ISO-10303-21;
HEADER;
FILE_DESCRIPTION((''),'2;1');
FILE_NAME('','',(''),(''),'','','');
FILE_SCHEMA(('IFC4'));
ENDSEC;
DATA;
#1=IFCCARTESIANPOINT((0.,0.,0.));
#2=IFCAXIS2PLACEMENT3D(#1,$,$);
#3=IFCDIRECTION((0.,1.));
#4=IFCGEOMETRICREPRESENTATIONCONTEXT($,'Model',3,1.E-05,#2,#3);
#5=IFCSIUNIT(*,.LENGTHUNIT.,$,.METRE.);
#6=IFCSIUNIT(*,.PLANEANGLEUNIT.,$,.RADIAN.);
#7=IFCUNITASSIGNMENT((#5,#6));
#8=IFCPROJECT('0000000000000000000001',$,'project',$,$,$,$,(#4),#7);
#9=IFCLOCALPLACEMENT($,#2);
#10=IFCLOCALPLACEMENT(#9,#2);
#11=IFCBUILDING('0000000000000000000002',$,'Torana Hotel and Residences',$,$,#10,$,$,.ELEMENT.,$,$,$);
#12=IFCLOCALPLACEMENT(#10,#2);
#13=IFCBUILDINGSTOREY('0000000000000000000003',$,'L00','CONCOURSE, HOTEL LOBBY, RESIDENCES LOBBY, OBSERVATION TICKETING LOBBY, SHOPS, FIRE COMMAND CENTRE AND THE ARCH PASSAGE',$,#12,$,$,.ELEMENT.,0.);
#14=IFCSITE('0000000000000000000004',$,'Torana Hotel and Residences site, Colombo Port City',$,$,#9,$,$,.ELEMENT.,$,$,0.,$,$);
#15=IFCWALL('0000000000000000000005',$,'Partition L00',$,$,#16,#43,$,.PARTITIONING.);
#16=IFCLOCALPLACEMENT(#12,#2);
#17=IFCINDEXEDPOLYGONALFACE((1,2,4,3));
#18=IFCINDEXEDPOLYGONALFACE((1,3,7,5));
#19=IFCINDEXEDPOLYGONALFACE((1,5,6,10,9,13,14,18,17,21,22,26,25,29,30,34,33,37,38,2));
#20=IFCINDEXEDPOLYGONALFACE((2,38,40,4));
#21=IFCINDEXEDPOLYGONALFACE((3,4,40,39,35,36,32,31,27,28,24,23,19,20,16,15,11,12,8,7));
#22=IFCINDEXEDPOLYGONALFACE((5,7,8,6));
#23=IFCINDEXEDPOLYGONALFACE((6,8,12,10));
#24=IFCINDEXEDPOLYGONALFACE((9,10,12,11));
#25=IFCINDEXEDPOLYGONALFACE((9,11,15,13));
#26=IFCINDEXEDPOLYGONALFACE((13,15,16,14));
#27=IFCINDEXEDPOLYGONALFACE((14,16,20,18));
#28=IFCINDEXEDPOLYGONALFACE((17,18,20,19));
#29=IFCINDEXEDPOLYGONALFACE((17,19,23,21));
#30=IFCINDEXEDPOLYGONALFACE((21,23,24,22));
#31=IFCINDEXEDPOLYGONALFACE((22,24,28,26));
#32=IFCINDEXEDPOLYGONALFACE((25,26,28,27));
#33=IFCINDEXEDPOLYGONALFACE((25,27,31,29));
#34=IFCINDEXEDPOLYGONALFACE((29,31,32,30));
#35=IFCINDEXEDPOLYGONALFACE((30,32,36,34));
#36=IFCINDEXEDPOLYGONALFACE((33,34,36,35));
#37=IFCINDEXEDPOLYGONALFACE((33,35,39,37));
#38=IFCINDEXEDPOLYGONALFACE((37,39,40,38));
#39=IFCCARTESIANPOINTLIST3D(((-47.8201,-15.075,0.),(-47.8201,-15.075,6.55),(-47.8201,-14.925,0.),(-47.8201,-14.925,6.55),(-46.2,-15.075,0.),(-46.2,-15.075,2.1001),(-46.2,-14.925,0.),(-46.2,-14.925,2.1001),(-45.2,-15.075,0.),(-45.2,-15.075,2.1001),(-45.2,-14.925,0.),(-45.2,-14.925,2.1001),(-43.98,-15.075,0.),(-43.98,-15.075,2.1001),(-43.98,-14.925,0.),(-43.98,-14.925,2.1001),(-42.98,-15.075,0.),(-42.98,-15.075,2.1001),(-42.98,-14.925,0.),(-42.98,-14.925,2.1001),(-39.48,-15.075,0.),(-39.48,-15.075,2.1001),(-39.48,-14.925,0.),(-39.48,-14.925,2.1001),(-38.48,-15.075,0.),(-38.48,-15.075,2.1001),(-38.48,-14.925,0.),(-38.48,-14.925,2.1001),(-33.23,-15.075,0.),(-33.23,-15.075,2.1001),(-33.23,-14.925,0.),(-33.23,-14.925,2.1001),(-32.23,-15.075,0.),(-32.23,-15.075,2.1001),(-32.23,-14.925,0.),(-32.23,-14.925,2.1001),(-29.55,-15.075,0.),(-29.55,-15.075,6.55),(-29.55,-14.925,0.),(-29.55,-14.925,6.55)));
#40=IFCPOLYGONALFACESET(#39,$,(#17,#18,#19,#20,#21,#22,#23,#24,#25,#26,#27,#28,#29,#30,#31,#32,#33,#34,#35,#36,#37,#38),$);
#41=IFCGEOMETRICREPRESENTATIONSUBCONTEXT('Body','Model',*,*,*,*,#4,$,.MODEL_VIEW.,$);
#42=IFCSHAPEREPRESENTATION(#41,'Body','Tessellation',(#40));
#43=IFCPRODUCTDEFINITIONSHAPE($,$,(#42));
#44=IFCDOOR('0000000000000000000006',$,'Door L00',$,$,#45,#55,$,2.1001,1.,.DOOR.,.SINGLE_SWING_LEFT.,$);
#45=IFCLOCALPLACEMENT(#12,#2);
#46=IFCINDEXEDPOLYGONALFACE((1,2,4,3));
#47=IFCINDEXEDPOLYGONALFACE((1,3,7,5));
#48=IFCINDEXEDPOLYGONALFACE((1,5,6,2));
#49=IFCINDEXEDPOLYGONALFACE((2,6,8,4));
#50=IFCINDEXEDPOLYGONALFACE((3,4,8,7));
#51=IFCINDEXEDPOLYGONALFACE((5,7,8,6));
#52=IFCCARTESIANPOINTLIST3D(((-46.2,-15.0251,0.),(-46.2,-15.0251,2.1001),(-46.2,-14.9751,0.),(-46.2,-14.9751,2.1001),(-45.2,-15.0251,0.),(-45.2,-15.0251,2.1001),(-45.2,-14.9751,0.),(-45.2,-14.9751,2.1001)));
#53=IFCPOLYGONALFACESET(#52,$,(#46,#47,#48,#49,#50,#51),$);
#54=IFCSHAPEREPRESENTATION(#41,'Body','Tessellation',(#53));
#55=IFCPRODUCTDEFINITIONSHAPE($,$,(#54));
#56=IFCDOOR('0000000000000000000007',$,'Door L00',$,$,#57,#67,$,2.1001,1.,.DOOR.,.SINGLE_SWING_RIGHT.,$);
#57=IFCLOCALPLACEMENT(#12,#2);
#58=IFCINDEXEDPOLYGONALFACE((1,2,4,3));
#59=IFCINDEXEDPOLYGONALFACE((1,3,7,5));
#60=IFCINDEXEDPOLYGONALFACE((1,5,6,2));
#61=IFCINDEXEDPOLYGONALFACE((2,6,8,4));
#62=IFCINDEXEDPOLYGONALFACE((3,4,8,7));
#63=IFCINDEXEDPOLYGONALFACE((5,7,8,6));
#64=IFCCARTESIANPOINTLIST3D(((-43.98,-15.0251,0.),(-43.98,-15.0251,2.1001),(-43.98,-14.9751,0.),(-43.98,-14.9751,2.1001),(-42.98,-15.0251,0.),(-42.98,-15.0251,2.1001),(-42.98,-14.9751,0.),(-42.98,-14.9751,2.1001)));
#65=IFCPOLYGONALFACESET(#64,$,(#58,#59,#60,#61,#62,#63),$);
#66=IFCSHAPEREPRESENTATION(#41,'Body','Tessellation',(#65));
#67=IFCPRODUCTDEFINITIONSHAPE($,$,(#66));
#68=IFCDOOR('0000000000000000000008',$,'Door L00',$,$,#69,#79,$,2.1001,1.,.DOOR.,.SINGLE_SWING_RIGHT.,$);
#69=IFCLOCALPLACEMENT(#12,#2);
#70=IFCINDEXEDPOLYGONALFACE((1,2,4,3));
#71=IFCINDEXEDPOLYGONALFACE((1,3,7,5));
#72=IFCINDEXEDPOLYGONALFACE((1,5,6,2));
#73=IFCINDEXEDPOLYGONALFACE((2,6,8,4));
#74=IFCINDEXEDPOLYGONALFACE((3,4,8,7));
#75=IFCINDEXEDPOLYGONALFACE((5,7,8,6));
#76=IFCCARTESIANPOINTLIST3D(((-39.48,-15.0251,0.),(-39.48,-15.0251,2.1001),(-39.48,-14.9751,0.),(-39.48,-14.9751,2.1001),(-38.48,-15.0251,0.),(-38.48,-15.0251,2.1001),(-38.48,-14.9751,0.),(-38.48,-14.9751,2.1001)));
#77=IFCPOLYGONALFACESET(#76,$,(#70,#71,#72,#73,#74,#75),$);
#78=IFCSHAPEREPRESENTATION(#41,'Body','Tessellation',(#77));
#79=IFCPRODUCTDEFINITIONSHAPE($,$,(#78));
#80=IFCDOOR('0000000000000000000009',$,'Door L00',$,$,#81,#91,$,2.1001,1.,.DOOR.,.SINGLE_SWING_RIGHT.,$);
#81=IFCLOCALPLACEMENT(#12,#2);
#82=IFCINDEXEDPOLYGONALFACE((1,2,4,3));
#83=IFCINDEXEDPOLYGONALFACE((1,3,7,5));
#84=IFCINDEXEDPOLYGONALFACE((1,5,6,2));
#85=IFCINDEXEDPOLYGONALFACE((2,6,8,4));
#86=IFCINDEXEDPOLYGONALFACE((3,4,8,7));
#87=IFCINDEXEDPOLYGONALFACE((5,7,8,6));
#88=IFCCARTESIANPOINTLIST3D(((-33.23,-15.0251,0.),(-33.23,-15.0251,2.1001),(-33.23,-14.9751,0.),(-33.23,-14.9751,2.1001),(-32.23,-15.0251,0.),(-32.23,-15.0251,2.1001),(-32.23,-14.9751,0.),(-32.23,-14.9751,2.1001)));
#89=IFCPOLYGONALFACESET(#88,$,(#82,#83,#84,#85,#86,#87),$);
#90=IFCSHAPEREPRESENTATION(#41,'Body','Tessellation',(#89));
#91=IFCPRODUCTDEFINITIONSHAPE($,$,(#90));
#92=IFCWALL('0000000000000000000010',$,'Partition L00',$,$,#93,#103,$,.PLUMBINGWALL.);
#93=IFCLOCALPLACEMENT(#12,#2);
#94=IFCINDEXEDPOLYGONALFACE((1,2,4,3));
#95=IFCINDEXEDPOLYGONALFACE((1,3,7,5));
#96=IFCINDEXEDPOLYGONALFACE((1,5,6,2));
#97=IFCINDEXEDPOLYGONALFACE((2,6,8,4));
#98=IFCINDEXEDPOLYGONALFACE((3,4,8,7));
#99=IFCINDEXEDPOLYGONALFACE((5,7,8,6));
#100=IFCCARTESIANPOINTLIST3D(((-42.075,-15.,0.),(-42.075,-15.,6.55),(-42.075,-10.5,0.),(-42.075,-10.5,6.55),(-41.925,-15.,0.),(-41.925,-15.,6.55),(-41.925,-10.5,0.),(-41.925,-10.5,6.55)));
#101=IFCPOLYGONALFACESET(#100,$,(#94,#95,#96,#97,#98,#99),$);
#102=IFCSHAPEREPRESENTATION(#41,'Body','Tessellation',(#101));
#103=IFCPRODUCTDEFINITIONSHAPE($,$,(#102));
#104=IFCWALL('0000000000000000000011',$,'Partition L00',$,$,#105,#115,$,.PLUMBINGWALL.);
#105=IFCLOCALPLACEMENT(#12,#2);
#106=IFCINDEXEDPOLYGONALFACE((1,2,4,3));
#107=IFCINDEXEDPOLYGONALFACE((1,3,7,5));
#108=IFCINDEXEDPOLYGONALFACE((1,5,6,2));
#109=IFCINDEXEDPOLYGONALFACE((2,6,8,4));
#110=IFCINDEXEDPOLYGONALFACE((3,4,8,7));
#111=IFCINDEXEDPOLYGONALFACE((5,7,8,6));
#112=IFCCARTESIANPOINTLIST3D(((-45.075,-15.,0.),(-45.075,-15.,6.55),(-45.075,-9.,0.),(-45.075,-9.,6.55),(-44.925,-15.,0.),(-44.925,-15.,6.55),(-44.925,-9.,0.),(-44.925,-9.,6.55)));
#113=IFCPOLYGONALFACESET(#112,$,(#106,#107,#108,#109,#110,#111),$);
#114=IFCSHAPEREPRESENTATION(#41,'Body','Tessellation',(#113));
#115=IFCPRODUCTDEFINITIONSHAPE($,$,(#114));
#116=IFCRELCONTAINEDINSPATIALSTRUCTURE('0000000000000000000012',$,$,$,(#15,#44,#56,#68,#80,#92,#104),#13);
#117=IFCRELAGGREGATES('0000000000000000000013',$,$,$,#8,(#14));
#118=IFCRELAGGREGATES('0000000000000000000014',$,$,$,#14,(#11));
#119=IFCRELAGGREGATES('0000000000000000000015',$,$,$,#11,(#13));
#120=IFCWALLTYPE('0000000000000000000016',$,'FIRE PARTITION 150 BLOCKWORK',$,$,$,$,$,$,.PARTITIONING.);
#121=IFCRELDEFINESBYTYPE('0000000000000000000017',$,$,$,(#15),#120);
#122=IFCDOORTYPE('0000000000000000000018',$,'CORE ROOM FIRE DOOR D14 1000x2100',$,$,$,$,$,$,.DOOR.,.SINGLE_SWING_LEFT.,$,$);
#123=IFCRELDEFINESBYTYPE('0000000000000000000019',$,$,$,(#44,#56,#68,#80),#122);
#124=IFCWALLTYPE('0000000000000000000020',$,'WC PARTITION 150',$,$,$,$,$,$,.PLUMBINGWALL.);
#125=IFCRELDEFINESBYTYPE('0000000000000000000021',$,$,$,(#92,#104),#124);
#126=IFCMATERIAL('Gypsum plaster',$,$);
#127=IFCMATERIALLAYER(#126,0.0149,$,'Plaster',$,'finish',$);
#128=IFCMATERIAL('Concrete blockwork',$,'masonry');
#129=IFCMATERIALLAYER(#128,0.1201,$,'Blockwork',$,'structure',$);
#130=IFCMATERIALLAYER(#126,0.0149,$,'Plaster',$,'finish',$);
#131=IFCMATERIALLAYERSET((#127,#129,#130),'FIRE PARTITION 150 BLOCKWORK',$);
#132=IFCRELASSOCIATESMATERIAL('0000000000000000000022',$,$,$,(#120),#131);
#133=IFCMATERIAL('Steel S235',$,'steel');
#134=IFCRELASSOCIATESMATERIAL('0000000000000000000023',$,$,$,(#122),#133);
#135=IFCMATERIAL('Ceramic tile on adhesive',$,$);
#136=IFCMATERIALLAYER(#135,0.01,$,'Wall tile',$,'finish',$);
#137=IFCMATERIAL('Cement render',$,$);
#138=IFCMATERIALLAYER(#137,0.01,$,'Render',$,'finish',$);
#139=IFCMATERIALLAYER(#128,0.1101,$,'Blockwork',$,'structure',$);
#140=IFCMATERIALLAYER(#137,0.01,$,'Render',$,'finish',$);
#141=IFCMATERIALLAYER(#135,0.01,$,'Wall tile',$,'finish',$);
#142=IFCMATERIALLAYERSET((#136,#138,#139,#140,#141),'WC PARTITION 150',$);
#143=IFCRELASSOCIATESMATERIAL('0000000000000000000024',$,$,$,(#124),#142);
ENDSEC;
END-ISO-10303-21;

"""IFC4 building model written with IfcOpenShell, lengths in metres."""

from ifc_helpers import new_model, si_unit, direction, frame, frame_2d, origin, place, context, subcontext, project, spatial, rectangle, extrude, material, layer, layer_set, type_object, element, fill, save


model = new_model("IFC4")

# Units and contexts
model_context = context("Model", 3, precision=1e-05, world=origin(), true_north=direction((0.0, 1.0)))
body_context = subcontext(model_context, "Body", "Model", "MODEL_VIEW")
ifc_project = project(units=[si_unit("LENGTHUNIT", "METRE"), si_unit("PLANEANGLEUNIT", "RADIAN")], contexts=[model_context])

# Site, building, storey
site_placement = place(None, origin())
site = spatial("IfcSite", under=ifc_project, at=site_placement, Name="Torana Hotel and Residences site, Colombo Port City", CompositionType="ELEMENT", RefElevation=0.0)
building_placement = place(site_placement, origin())
building = spatial("IfcBuilding", under=site, at=building_placement, Name="Torana Hotel and Residences", CompositionType="ELEMENT")
storey_placement = place(building_placement, origin())
storey = spatial("IfcBuildingStorey", under=building, at=storey_placement, Name="L00", Description="CONCOURSE, HOTEL LOBBY, RESIDENCES LOBBY, OBSERVATION TICKETING LOBBY, SHOPS, FIRE COMMAND CENTRE AND THE ARCH PASSAGE", CompositionType="ELEMENT", Elevation=0.0)

# Wall, openings, doors
ifc_material_1 = material(Name="Gypsum plaster")
ifc_layer_1 = layer(ifc_material_1, 0.0149, Name="Plaster", Category="finish")
ifc_material_2 = material(Name="Concrete blockwork", Category="masonry")
ifc_layer_2 = layer(ifc_material_2, 0.1201, Name="Blockwork", Category="structure")
ifc_layer_3 = layer(ifc_material_1, 0.0149, Name="Plaster", Category="finish")
ifc_layer_set_1 = layer_set([ifc_layer_1, ifc_layer_2, ifc_layer_3], Name="FIRE PARTITION 150 BLOCKWORK")
wall_type_1 = type_object("IfcWallType", Name="FIRE PARTITION 150 BLOCKWORK", PredefinedType="PARTITIONING", material=ifc_layer_set_1)
wall_1_placement = place(storey_placement, frame((-47.8201, -15.0, 0.0), z_axis=(0.0, 0.0, 1.0), x_axis=(1.0, 0.0, 0.0)))
wall_1 = element("IfcWall", 1, at=wall_1_placement, inside=storey, type_object=wall_type_1, Name="Partition L00", PredefinedType="PARTITIONING", context=body_context, shape_type="SweptSolid", body=[
    extrude(rectangle(XDim=18.27, YDim=0.1499, at=frame_2d((9.135, 0.0))), origin(), (0.0, 0.0, 1.0), 6.55),
])
opening_1_placement = place(wall_1_placement, frame((1.6201, 0.0, 0.0)))
opening_1 = element("IfcOpeningElement", 2, at=opening_1_placement, cuts=wall_1, PredefinedType="OPENING", context=body_context, shape_type="SweptSolid", body=[
    extrude(rectangle(XDim=1.0, YDim=2.1001, at=frame_2d((0.5, 1.05))), frame((0.0, 0.085, 0.0), z_axis=(0.0, -1.0, 0.0), x_axis=(1.0, 0.0, 0.0)), (0.0, 0.0, 1.0), 0.1699),
])
opening_2_placement = place(wall_1_placement, frame((3.8401, 0.0, 0.0)))
opening_2 = element("IfcOpeningElement", 3, at=opening_2_placement, cuts=wall_1, PredefinedType="OPENING", context=body_context, shape_type="SweptSolid", body=[
    extrude(rectangle(XDim=1.0, YDim=2.1001, at=frame_2d((0.5, 1.05))), frame((0.0, 0.085, 0.0), z_axis=(0.0, -1.0, 0.0), x_axis=(1.0, 0.0, 0.0)), (0.0, 0.0, 1.0), 0.1699),
])
opening_3_placement = place(wall_1_placement, frame((8.3401, 0.0, 0.0)))
opening_3 = element("IfcOpeningElement", 4, at=opening_3_placement, cuts=wall_1, PredefinedType="OPENING", context=body_context, shape_type="SweptSolid", body=[
    extrude(rectangle(XDim=1.0, YDim=2.1001, at=frame_2d((0.5, 1.05))), frame((0.0, 0.085, 0.0), z_axis=(0.0, -1.0, 0.0), x_axis=(1.0, 0.0, 0.0)), (0.0, 0.0, 1.0), 0.1699),
])
opening_4_placement = place(wall_1_placement, frame((14.5901, 0.0, 0.0)))
opening_4 = element("IfcOpeningElement", 5, at=opening_4_placement, cuts=wall_1, PredefinedType="OPENING", context=body_context, shape_type="SweptSolid", body=[
    extrude(rectangle(XDim=1.0, YDim=2.1001, at=frame_2d((0.5, 1.05))), frame((0.0, 0.085, 0.0), z_axis=(0.0, -1.0, 0.0), x_axis=(1.0, 0.0, 0.0)), (0.0, 0.0, 1.0), 0.1699),
])
ifc_material_3 = material(Name="Steel S235", Category="steel")
door_type = type_object("IfcDoorType", Name="CORE ROOM FIRE DOOR D14 1000x2100", OperationType="SINGLE_SWING_LEFT", PredefinedType="DOOR", material=ifc_material_3)
door_1_placement = place(opening_1_placement, origin())
door_1 = element("IfcDoor", 6, at=door_1_placement, inside=storey, type_object=door_type, Name="Door L00", OperationType="SINGLE_SWING_LEFT", OverallHeight=2.1001, OverallWidth=1.0, PredefinedType="DOOR", context=body_context, shape_type="SweptSolid", body=[
    extrude(rectangle(XDim=1.0, YDim=2.1001, at=frame_2d((0.5, 1.05))), frame((0.0, 0.0249, 0.0), z_axis=(0.0, -1.0, 0.0), x_axis=(1.0, 0.0, 0.0)), (0.0, 0.0, 1.0), 0.05),
])
fill(opening_1, door_1)
door_2_placement = place(opening_2_placement, origin())
door_2 = element("IfcDoor", 7, at=door_2_placement, inside=storey, type_object=door_type, Name="Door L00", OperationType="SINGLE_SWING_RIGHT", OverallHeight=2.1001, OverallWidth=1.0, PredefinedType="DOOR", context=body_context, shape_type="SweptSolid", body=[
    extrude(rectangle(XDim=1.0, YDim=2.1001, at=frame_2d((0.5, 1.05))), frame((0.0, 0.0249, 0.0), z_axis=(0.0, -1.0, 0.0), x_axis=(1.0, 0.0, 0.0)), (0.0, 0.0, 1.0), 0.05),
])
fill(opening_2, door_2)
door_3_placement = place(opening_3_placement, origin())
door_3 = element("IfcDoor", 8, at=door_3_placement, inside=storey, type_object=door_type, Name="Door L00", OperationType="SINGLE_SWING_RIGHT", OverallHeight=2.1001, OverallWidth=1.0, PredefinedType="DOOR", context=body_context, shape_type="SweptSolid", body=[
    extrude(rectangle(XDim=1.0, YDim=2.1001, at=frame_2d((0.5, 1.05))), frame((0.0, 0.0249, 0.0), z_axis=(0.0, -1.0, 0.0), x_axis=(1.0, 0.0, 0.0)), (0.0, 0.0, 1.0), 0.05),
])
fill(opening_3, door_3)
door_4_placement = place(opening_4_placement, origin())
door_4 = element("IfcDoor", 9, at=door_4_placement, inside=storey, type_object=door_type, Name="Door L00", OperationType="SINGLE_SWING_RIGHT", OverallHeight=2.1001, OverallWidth=1.0, PredefinedType="DOOR", context=body_context, shape_type="SweptSolid", body=[
    extrude(rectangle(XDim=1.0, YDim=2.1001, at=frame_2d((0.5, 1.05))), frame((0.0, 0.0249, 0.0), z_axis=(0.0, -1.0, 0.0), x_axis=(1.0, 0.0, 0.0)), (0.0, 0.0, 1.0), 0.05),
])
fill(opening_4, door_4)

# Walls
ifc_material_4 = material(Name="Ceramic tile on adhesive")
ifc_layer_4 = layer(ifc_material_4, 0.01, Name="Wall tile", Category="finish")
ifc_material_5 = material(Name="Cement render")
ifc_layer_5 = layer(ifc_material_5, 0.01, Name="Render", Category="finish")
ifc_layer_6 = layer(ifc_material_2, 0.1101, Name="Blockwork", Category="structure")
ifc_layer_7 = layer(ifc_material_5, 0.01, Name="Render", Category="finish")
ifc_layer_8 = layer(ifc_material_4, 0.01, Name="Wall tile", Category="finish")
ifc_layer_set_2 = layer_set([ifc_layer_4, ifc_layer_5, ifc_layer_6, ifc_layer_7, ifc_layer_8], Name="WC PARTITION 150")
wall_type_2 = type_object("IfcWallType", Name="WC PARTITION 150", PredefinedType="PLUMBINGWALL", material=ifc_layer_set_2)
wall_2_placement = place(storey_placement, frame((-42.0, -15.0, 0.0), z_axis=(0.0, 0.0, 1.0), x_axis=(0.0, 1.0, 0.0)))
element("IfcWall", 10, at=wall_2_placement, inside=storey, type_object=wall_type_2, Name="Partition L00", PredefinedType="PLUMBINGWALL", context=body_context, shape_type="SweptSolid", body=[
    extrude(rectangle(XDim=4.5, YDim=0.1499, at=frame_2d((2.25, 0.0))), origin(), (0.0, 0.0, 1.0), 6.55),
])
wall_3_placement = place(storey_placement, frame((-45.0, -15.0, 0.0), z_axis=(0.0, 0.0, 1.0), x_axis=(0.0, 1.0, 0.0)))
element("IfcWall", 11, at=wall_3_placement, inside=storey, type_object=wall_type_2, Name="Partition L00", PredefinedType="PLUMBINGWALL", context=body_context, shape_type="SweptSolid", body=[
    extrude(rectangle(XDim=6.0, YDim=0.1499, at=frame_2d((3.0, 0.0))), origin(), (0.0, 0.0, 1.0), 6.55),
])

save(model, "model.ifc")
